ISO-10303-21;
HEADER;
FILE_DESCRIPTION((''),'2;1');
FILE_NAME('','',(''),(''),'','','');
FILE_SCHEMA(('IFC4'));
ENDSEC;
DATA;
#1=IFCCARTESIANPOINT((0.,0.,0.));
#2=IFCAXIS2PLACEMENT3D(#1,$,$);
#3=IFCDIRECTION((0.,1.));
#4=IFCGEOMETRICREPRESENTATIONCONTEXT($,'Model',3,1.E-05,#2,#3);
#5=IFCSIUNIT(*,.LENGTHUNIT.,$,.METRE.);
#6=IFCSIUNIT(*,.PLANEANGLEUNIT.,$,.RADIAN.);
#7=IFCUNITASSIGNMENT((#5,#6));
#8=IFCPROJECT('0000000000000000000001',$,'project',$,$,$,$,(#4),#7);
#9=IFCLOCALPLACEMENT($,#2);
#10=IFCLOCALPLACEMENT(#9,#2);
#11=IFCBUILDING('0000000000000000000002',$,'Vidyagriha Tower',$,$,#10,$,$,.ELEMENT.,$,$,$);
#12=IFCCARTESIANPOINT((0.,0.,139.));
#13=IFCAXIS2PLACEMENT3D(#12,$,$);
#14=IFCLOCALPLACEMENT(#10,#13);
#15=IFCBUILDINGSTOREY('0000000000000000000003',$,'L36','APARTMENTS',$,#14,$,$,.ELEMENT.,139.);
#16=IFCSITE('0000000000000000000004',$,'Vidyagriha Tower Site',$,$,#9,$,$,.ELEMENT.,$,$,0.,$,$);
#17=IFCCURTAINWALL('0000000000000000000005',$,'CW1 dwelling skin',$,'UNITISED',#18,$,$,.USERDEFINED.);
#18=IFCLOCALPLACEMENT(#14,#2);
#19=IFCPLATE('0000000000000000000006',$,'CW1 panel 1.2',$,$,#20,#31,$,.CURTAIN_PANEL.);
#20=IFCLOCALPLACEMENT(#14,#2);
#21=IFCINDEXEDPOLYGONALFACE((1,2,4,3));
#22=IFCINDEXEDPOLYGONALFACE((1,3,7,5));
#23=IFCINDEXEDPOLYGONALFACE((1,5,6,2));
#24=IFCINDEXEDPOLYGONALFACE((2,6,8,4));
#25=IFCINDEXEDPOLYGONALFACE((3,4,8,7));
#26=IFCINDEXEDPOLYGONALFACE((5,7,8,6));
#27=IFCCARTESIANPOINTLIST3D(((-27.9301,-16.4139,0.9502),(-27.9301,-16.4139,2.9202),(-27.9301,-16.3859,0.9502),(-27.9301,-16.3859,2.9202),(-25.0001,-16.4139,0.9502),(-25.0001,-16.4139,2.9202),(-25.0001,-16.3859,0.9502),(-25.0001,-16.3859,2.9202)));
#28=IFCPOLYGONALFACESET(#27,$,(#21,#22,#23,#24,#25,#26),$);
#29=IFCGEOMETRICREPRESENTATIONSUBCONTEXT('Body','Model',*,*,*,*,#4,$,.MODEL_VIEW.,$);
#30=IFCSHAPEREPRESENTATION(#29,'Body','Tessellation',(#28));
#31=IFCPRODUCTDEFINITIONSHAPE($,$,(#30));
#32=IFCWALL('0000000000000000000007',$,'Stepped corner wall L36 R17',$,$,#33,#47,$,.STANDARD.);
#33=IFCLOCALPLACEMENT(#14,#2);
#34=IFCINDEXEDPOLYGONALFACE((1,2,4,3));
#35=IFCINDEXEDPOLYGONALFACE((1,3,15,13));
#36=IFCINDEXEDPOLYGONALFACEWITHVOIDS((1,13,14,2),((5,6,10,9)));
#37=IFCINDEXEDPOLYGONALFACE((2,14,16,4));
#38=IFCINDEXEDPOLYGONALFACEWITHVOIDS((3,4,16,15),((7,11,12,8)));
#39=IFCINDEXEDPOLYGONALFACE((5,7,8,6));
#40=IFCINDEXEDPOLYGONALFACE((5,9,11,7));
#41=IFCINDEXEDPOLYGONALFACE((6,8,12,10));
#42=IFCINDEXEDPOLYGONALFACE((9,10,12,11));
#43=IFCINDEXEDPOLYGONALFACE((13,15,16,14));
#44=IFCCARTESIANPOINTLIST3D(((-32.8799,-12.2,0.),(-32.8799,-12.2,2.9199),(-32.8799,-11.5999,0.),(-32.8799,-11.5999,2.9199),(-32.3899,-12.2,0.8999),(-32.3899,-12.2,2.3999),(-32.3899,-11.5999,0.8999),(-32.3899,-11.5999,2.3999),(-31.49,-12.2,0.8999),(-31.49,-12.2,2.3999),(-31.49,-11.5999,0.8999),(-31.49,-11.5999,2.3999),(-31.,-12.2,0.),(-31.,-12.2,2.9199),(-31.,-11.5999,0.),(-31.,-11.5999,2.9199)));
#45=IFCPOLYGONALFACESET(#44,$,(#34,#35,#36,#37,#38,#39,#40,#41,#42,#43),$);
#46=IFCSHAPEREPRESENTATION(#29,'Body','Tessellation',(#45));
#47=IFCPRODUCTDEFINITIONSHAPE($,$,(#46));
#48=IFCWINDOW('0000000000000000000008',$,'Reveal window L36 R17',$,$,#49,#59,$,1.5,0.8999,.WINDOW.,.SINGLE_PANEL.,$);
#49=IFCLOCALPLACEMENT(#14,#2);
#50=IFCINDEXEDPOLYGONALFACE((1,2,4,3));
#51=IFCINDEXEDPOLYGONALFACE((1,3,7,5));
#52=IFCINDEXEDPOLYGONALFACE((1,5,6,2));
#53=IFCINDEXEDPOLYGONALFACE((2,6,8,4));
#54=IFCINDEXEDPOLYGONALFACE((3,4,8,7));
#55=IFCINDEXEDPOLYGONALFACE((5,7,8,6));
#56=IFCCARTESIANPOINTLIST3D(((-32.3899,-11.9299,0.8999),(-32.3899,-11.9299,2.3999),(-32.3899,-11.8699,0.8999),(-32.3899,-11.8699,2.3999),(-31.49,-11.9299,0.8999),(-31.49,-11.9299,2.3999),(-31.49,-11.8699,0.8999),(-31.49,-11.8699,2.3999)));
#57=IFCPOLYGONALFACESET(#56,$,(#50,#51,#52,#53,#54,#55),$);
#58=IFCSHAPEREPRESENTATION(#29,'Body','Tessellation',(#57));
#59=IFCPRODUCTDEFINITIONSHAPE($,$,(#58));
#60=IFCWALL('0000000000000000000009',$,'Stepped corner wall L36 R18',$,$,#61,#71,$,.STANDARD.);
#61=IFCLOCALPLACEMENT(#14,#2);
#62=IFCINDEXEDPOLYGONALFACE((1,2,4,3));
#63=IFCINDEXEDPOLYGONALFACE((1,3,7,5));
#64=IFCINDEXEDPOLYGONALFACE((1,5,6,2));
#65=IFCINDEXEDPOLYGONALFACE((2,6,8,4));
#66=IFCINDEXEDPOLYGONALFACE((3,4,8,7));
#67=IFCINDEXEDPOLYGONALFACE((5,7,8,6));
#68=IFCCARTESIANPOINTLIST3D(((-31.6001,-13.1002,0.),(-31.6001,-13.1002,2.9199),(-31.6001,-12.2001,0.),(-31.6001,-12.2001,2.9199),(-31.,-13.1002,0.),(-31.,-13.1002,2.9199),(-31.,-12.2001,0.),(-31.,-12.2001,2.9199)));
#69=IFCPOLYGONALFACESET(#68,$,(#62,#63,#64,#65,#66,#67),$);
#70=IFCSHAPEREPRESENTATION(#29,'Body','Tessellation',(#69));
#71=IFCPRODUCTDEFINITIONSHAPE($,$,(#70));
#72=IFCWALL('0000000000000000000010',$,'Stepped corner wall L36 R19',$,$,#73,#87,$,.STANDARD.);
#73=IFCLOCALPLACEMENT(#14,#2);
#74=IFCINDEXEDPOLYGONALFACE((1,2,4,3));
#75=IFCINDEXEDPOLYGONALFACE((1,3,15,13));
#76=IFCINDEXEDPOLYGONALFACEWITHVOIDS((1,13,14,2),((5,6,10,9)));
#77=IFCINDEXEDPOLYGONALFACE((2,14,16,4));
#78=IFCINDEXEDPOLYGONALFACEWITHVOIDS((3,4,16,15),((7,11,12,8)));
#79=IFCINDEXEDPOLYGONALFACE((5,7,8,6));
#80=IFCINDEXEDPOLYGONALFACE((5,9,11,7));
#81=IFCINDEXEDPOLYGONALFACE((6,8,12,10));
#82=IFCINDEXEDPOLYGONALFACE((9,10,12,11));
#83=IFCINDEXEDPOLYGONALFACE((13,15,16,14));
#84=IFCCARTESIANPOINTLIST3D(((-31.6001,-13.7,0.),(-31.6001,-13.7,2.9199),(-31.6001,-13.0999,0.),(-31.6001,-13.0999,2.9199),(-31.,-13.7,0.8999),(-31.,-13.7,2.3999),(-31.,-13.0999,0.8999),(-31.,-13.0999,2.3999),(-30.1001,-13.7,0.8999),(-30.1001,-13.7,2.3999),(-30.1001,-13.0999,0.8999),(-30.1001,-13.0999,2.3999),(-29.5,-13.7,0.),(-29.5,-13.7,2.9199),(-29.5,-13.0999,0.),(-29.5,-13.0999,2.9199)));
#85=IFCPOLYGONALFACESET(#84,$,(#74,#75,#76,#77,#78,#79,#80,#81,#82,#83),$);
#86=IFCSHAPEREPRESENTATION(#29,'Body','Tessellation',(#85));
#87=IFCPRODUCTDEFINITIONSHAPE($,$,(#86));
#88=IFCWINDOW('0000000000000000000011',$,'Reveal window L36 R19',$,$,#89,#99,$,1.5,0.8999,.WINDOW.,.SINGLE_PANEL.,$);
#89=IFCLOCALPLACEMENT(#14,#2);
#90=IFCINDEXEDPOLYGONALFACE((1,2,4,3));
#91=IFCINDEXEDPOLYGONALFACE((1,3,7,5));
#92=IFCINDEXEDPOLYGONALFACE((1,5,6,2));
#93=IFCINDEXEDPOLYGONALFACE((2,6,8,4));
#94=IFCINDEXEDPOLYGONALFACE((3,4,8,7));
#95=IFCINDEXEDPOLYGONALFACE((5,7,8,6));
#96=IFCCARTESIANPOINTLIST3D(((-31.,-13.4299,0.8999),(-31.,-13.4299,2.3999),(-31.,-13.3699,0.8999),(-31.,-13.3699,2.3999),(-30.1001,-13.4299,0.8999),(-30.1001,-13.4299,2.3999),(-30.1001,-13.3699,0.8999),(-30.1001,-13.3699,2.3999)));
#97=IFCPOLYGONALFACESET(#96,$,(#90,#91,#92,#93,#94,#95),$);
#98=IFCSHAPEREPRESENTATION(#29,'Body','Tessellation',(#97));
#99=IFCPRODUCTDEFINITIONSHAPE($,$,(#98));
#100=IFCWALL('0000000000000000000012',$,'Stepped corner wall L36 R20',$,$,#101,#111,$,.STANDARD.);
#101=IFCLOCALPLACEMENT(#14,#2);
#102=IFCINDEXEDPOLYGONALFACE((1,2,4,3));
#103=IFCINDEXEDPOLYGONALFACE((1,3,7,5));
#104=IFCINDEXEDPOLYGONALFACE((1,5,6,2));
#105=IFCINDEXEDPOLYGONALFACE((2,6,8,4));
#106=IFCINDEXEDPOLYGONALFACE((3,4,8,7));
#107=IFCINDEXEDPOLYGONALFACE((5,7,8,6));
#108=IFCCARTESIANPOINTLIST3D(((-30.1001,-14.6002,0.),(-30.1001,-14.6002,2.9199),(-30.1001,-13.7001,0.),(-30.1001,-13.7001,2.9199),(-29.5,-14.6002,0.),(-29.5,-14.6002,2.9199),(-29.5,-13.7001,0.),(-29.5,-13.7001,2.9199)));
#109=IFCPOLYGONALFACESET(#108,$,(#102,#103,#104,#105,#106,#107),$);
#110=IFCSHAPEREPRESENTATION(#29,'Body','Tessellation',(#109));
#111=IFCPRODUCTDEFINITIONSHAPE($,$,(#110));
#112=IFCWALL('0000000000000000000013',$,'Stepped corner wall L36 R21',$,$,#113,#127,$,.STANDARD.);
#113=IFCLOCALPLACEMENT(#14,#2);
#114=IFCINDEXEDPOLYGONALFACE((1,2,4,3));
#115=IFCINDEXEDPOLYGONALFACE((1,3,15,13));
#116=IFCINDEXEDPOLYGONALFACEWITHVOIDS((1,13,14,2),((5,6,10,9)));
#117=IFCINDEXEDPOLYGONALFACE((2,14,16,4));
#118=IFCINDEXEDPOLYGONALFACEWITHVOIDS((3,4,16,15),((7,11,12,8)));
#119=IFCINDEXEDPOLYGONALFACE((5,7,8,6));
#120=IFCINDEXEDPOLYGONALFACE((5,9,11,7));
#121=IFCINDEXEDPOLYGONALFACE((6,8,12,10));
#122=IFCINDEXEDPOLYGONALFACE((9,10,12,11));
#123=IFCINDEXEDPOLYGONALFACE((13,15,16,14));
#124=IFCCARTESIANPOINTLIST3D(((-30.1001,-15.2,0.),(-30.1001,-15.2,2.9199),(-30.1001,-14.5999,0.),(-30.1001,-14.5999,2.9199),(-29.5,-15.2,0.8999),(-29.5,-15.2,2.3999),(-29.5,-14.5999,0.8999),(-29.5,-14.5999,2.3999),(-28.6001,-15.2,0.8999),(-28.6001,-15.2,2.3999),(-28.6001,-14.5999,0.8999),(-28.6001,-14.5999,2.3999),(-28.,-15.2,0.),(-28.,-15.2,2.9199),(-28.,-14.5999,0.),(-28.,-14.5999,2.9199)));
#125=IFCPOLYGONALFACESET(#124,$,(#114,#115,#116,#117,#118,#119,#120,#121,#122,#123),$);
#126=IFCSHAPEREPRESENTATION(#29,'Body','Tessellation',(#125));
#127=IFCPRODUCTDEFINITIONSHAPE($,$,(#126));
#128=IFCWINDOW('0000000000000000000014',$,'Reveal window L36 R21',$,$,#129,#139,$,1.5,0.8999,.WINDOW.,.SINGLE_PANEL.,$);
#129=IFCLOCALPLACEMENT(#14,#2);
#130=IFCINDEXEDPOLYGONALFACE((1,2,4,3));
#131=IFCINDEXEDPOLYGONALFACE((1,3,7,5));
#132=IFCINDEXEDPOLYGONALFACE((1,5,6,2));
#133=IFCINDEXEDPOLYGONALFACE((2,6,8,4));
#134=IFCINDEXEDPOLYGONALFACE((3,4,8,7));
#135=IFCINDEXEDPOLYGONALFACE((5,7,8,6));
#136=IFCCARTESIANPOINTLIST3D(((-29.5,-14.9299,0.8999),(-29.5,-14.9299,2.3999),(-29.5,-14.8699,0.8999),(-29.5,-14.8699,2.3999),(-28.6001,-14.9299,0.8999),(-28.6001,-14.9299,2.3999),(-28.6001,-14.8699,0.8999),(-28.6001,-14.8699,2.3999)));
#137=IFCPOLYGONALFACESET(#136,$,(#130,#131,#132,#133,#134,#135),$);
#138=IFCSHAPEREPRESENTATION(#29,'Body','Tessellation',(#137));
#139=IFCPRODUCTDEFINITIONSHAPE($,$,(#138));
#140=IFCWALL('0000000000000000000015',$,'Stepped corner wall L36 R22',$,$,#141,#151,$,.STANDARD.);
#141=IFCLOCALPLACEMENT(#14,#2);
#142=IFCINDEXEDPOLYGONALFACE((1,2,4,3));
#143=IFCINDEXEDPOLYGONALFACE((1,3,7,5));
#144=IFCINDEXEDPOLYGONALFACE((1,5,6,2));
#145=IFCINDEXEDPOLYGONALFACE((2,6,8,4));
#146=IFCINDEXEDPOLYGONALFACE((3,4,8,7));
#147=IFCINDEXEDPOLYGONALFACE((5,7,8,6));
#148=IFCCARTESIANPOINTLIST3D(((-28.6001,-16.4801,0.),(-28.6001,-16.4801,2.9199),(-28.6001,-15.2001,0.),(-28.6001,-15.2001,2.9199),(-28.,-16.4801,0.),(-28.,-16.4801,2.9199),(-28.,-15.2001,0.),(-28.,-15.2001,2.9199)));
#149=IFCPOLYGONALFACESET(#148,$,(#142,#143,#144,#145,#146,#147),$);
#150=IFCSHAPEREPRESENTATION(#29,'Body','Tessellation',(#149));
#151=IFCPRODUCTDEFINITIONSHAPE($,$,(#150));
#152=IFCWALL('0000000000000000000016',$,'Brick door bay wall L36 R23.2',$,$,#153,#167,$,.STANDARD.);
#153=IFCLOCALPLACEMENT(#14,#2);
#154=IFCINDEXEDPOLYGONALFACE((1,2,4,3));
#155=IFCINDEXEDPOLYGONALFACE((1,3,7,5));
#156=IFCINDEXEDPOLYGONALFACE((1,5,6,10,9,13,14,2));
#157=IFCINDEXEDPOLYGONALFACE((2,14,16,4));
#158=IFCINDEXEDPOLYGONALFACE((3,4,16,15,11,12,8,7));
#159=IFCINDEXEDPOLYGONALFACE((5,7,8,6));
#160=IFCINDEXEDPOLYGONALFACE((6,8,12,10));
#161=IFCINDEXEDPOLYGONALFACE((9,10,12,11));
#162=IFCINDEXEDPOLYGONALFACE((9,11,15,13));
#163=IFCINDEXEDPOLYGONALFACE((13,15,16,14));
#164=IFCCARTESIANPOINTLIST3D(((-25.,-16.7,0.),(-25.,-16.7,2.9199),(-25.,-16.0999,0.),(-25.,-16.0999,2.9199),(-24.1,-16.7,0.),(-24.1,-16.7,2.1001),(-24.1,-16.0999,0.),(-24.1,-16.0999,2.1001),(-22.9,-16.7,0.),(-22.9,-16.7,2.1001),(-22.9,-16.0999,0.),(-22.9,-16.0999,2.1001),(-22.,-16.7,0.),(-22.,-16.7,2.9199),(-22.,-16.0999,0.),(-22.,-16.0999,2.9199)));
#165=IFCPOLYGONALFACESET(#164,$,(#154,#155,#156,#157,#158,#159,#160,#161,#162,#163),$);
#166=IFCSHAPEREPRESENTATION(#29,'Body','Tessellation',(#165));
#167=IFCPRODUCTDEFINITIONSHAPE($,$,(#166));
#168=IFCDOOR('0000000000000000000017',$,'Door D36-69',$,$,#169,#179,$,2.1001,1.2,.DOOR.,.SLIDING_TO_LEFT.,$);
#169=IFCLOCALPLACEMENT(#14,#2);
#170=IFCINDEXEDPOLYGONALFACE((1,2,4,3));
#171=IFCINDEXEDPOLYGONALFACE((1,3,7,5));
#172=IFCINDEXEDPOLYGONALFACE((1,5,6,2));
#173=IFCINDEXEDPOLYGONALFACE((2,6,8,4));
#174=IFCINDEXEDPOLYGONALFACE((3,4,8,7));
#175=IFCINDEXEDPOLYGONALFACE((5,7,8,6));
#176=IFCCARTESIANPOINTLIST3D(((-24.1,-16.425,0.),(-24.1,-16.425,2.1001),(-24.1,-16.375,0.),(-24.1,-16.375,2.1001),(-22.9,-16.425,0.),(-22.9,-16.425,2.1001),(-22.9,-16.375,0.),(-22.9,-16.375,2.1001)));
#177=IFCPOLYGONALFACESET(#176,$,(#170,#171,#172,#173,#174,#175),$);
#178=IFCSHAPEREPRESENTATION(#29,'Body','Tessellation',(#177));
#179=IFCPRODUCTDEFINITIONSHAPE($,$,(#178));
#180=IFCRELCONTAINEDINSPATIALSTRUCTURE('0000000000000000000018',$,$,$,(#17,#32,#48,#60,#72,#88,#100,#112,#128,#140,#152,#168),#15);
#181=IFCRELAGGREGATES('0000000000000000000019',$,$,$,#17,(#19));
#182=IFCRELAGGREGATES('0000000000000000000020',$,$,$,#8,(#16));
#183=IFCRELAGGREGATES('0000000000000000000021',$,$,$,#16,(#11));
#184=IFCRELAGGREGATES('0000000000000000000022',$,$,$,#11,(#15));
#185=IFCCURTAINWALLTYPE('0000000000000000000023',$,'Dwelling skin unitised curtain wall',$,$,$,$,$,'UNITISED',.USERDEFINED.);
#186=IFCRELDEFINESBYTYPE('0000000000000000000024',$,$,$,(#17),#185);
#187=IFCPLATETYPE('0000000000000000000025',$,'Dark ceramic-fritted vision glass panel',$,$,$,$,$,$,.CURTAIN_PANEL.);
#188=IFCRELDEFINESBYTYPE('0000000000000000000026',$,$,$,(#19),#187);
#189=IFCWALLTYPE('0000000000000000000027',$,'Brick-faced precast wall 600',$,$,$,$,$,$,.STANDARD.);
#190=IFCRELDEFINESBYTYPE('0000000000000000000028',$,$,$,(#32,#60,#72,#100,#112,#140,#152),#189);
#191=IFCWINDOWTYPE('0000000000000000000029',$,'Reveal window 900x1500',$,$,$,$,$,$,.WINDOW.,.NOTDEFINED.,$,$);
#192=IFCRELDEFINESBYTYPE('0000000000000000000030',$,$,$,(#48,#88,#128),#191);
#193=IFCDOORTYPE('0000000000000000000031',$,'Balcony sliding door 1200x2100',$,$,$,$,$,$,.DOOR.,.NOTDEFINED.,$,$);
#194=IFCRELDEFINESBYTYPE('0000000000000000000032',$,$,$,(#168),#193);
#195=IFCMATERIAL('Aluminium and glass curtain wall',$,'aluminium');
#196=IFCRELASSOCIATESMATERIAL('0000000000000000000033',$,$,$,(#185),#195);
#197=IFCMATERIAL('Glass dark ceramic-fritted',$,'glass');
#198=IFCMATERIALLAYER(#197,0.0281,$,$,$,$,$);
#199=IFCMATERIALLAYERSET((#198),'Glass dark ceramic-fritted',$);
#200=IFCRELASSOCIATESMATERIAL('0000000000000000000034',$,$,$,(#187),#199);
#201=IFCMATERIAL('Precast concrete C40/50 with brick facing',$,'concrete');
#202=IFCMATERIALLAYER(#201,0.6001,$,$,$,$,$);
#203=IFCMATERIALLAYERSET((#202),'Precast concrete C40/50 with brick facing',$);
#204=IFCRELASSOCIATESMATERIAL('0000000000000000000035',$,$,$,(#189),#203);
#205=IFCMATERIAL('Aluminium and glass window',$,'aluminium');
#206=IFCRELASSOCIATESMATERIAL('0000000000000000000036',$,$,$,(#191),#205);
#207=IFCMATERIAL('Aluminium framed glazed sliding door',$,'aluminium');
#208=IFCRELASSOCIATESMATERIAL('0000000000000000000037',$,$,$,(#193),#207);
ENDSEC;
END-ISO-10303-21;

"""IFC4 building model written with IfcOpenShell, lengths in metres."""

from ifc_helpers import new_model, si_unit, direction, frame, frame_2d, origin, origin_2d, place, context, subcontext, project, spatial, rectangle, extrude, material, layer, layer_set, type_object, element, fill, aggregate, save


model = new_model("IFC4")

# Units and contexts
model_context = context("Model", 3, precision=1e-05, world=origin(), true_north=direction((0.0, 1.0)))
body_context = subcontext(model_context, "Body", "Model", "MODEL_VIEW")
ifc_project = project(units=[si_unit("LENGTHUNIT", "METRE"), si_unit("PLANEANGLEUNIT", "RADIAN")], contexts=[model_context])

# Site, building, storey
site_placement = place(None, origin())
site = spatial("IfcSite", under=ifc_project, at=site_placement, Name="Vidyagriha Tower Site", CompositionType="ELEMENT", RefElevation=0.0)
building_placement = place(site_placement, origin())
building = spatial("IfcBuilding", under=site, at=building_placement, Name="Vidyagriha Tower", CompositionType="ELEMENT")
storey_placement = place(building_placement, frame((0.0, 0.0, 139.0)))
storey = spatial("IfcBuildingStorey", under=building, at=storey_placement, Name="L36", Description="APARTMENTS", CompositionType="ELEMENT", Elevation=139.0)

# Shared definitions
ifc_material_1 = material(Name="Aluminium and glass curtain wall", Category="aluminium")
curtain_wall_type = type_object("IfcCurtainWallType", Name="Dwelling skin unitised curtain wall", ElementType="UNITISED", PredefinedType="USERDEFINED", material=ifc_material_1)

# Curtain wall
curtain_wall_1_placement = place(storey_placement, origin())
curtain_wall_1 = element("IfcCurtainWall", 1, at=curtain_wall_1_placement, inside=storey, type_object=curtain_wall_type, Name="CW1 dwelling skin", ObjectType="UNITISED", PredefinedType="USERDEFINED")

# Plate
ifc_material_2 = material(Name="Glass dark ceramic-fritted", Category="glass")
ifc_layer_1 = layer(ifc_material_2, 0.0281)
ifc_layer_set_1 = layer_set([ifc_layer_1], Name="Glass dark ceramic-fritted")
plate_type_1 = type_object("IfcPlateType", Name="Dark ceramic-fritted vision glass panel", PredefinedType="CURTAIN_PANEL", material=ifc_layer_set_1)
plate_1_placement = place(storey_placement, frame((-26.4651, -16.3999, 0.9502)))
plate_1 = element("IfcPlate", 2, at=plate_1_placement, type_object=plate_type_1, Name="CW1 panel 1.2", PredefinedType="CURTAIN_PANEL", context=body_context, shape_type="SweptSolid", body=[
    extrude(rectangle(XDim=2.9299, YDim=0.0281, at=origin_2d()), origin(), (0.0, 0.0, 1.0), 1.97),
])
aggregate(curtain_wall_1, [plate_1])

# Wall, opening, window
ifc_material_3 = material(Name="Precast concrete C40/50 with brick facing", Category="concrete")
ifc_layer_2 = layer(ifc_material_3, 0.6001)
ifc_layer_set_2 = layer_set([ifc_layer_2], Name="Precast concrete C40/50 with brick facing")
wall_type = type_object("IfcWallType", Name="Brick-faced precast wall 600", PredefinedType="STANDARD", material=ifc_layer_set_2)
wall_1_placement = place(storey_placement, frame((-32.8799, -11.8999, 0.0)))
wall_1 = element("IfcWall", 3, at=wall_1_placement, inside=storey, type_object=wall_type, Name="Stepped corner wall L36 R17", PredefinedType="STANDARD", context=body_context, shape_type="SweptSolid", body=[
    extrude(rectangle(XDim=1.8799, YDim=0.6001, at=frame_2d((0.9399, 0.0))), origin(), (0.0, 0.0, 1.0), 2.9199),
])
opening_1_placement = place(wall_1_placement, frame((0.49, 0.0, 0.8999)))
opening_1 = element("IfcOpeningElement", 4, at=opening_1_placement, cuts=wall_1, PredefinedType="OPENING", context=body_context, shape_type="SweptSolid", body=[
    extrude(rectangle(XDim=0.8999, YDim=1.5, at=frame_2d((0.45, 0.75))), frame((0.0, 0.3101, 0.0), z_axis=(0.0, -1.0, 0.0), x_axis=(1.0, 0.0, 0.0)), (0.0, 0.0, 1.0), 0.6201),
])
ifc_material_4 = material(Name="Aluminium and glass window", Category="aluminium")
window_type = type_object("IfcWindowType", Name="Reveal window 900x1500", PartitioningType="NOTDEFINED", PredefinedType="WINDOW", material=ifc_material_4)
window_1_placement = place(opening_1_placement, origin())
window_1 = element("IfcWindow", 5, at=window_1_placement, inside=storey, type_object=window_type, Name="Reveal window L36 R17", OverallHeight=1.5, OverallWidth=0.8999, PartitioningType="SINGLE_PANEL", PredefinedType="WINDOW", context=body_context, shape_type="SweptSolid", body=[
    extrude(rectangle(XDim=0.8999, YDim=1.5, at=frame_2d((0.45, 0.75))), frame((0.0, 0.03, 0.0), z_axis=(0.0, -1.0, 0.0), x_axis=(1.0, 0.0, 0.0)), (0.0, 0.0, 1.0), 0.0601),
])
fill(opening_1, window_1)

# Wall
wall_2_placement = place(storey_placement, frame((-31.3, -12.2, 0.0), z_axis=(0.0, 0.0, 1.0), x_axis=(0.0, -1.0, 0.0)))
element("IfcWall", 6, at=wall_2_placement, inside=storey, type_object=wall_type, Name="Stepped corner wall L36 R18", PredefinedType="STANDARD", context=body_context, shape_type="SweptSolid", body=[
    extrude(rectangle(XDim=0.9001, YDim=0.6001, at=frame_2d((0.4502, 0.0))), origin(), (0.0, 0.0, 1.0), 2.9199),
])

# Wall, opening, window
wall_3_placement = place(storey_placement, frame((-31.6001, -13.3999, 0.0)))
wall_3 = element("IfcWall", 7, at=wall_3_placement, inside=storey, type_object=wall_type, Name="Stepped corner wall L36 R19", PredefinedType="STANDARD", context=body_context, shape_type="SweptSolid", body=[
    extrude(rectangle(XDim=2.1001, YDim=0.6001, at=frame_2d((1.05, 0.0))), origin(), (0.0, 0.0, 1.0), 2.9199),
])
opening_2_placement = place(wall_3_placement, frame((0.6001, 0.0, 0.8999)))
opening_2 = element("IfcOpeningElement", 8, at=opening_2_placement, cuts=wall_3, PredefinedType="OPENING", context=body_context, shape_type="SweptSolid", body=[
    extrude(rectangle(XDim=0.8999, YDim=1.5, at=frame_2d((0.45, 0.75))), frame((0.0, 0.3101, 0.0), z_axis=(0.0, -1.0, 0.0), x_axis=(1.0, 0.0, 0.0)), (0.0, 0.0, 1.0), 0.6201),
])
window_2_placement = place(opening_2_placement, origin())
window_2 = element("IfcWindow", 9, at=window_2_placement, inside=storey, type_object=window_type, Name="Reveal window L36 R19", OverallHeight=1.5, OverallWidth=0.8999, PartitioningType="SINGLE_PANEL", PredefinedType="WINDOW", context=body_context, shape_type="SweptSolid", body=[
    extrude(rectangle(XDim=0.8999, YDim=1.5, at=frame_2d((0.45, 0.75))), frame((0.0, 0.03, 0.0), z_axis=(0.0, -1.0, 0.0), x_axis=(1.0, 0.0, 0.0)), (0.0, 0.0, 1.0), 0.0601),
])
fill(opening_2, window_2)

# Wall
wall_4_placement = place(storey_placement, frame((-29.8, -13.7, 0.0), z_axis=(0.0, 0.0, 1.0), x_axis=(0.0, -1.0, 0.0)))
element("IfcWall", 10, at=wall_4_placement, inside=storey, type_object=wall_type, Name="Stepped corner wall L36 R20", PredefinedType="STANDARD", context=body_context, shape_type="SweptSolid", body=[
    extrude(rectangle(XDim=0.9001, YDim=0.6001, at=frame_2d((0.4502, 0.0))), origin(), (0.0, 0.0, 1.0), 2.9199),
])

# Wall, opening, window
wall_5_placement = place(storey_placement, frame((-30.1001, -14.8999, 0.0)))
wall_5 = element("IfcWall", 11, at=wall_5_placement, inside=storey, type_object=wall_type, Name="Stepped corner wall L36 R21", PredefinedType="STANDARD", context=body_context, shape_type="SweptSolid", body=[
    extrude(rectangle(XDim=2.1001, YDim=0.6001, at=frame_2d((1.05, 0.0))), origin(), (0.0, 0.0, 1.0), 2.9199),
])
opening_3_placement = place(wall_5_placement, frame((0.6001, 0.0, 0.8999)))
opening_3 = element("IfcOpeningElement", 12, at=opening_3_placement, cuts=wall_5, PredefinedType="OPENING", context=body_context, shape_type="SweptSolid", body=[
    extrude(rectangle(XDim=0.8999, YDim=1.5, at=frame_2d((0.45, 0.75))), frame((0.0, 0.3101, 0.0), z_axis=(0.0, -1.0, 0.0), x_axis=(1.0, 0.0, 0.0)), (0.0, 0.0, 1.0), 0.6201),
])
window_3_placement = place(opening_3_placement, origin())
window_3 = element("IfcWindow", 13, at=window_3_placement, inside=storey, type_object=window_type, Name="Reveal window L36 R21", OverallHeight=1.5, OverallWidth=0.8999, PartitioningType="SINGLE_PANEL", PredefinedType="WINDOW", context=body_context, shape_type="SweptSolid", body=[
    extrude(rectangle(XDim=0.8999, YDim=1.5, at=frame_2d((0.45, 0.75))), frame((0.0, 0.03, 0.0), z_axis=(0.0, -1.0, 0.0), x_axis=(1.0, 0.0, 0.0)), (0.0, 0.0, 1.0), 0.0601),
])
fill(opening_3, window_3)

# Wall
wall_6_placement = place(storey_placement, frame((-28.3, -15.2, 0.0), z_axis=(0.0, 0.0, 1.0), x_axis=(0.0, -1.0, 0.0)))
element("IfcWall", 14, at=wall_6_placement, inside=storey, type_object=wall_type, Name="Stepped corner wall L36 R22", PredefinedType="STANDARD", context=body_context, shape_type="SweptSolid", body=[
    extrude(rectangle(XDim=1.28, YDim=0.6001, at=frame_2d((0.6401, 0.0))), origin(), (0.0, 0.0, 1.0), 2.9199),
])

# Wall, opening, door
wall_7_placement = place(storey_placement, frame((-25.0, -16.3999, 0.0)))
wall_7 = element("IfcWall", 15, at=wall_7_placement, inside=storey, type_object=wall_type, Name="Brick door bay wall L36 R23.2", PredefinedType="STANDARD", context=body_context, shape_type="SweptSolid", body=[
    extrude(rectangle(XDim=3.0, YDim=0.6001, at=frame_2d((1.5, 0.0))), origin(), (0.0, 0.0, 1.0), 2.9199),
])
opening_4_placement = place(wall_7_placement, frame((0.8999, 0.0, 0.0)))
opening_4 = element("IfcOpeningElement", 16, at=opening_4_placement, cuts=wall_7, PredefinedType="OPENING", context=body_context, shape_type="SweptSolid", body=[
    extrude(rectangle(XDim=1.2, YDim=2.1001, at=frame_2d((0.6001, 1.05))), frame((0.0, 0.3101, 0.0), z_axis=(0.0, -1.0, 0.0), x_axis=(1.0, 0.0, 0.0)), (0.0, 0.0, 1.0), 0.6201),
])
ifc_material_5 = material(Name="Aluminium framed glazed sliding door", Category="aluminium")
door_type = type_object("IfcDoorType", Name="Balcony sliding door 1200x2100", OperationType="NOTDEFINED", PredefinedType="DOOR", material=ifc_material_5)
door_placement = place(opening_4_placement, origin())
door = element("IfcDoor", 17, at=door_placement, inside=storey, type_object=door_type, Name="Door D36-69", OperationType="SLIDING_TO_LEFT", OverallHeight=2.1001, OverallWidth=1.2, PredefinedType="DOOR", context=body_context, shape_type="SweptSolid", body=[
    extrude(rectangle(XDim=1.2, YDim=2.1001, at=frame_2d((0.6001, 1.05))), frame((0.0, 0.0249, 0.0), z_axis=(0.0, -1.0, 0.0), x_axis=(1.0, 0.0, 0.0)), (0.0, 0.0, 1.0), 0.05),
])
fill(opening_4, door)

save(model, "model.ifc")
